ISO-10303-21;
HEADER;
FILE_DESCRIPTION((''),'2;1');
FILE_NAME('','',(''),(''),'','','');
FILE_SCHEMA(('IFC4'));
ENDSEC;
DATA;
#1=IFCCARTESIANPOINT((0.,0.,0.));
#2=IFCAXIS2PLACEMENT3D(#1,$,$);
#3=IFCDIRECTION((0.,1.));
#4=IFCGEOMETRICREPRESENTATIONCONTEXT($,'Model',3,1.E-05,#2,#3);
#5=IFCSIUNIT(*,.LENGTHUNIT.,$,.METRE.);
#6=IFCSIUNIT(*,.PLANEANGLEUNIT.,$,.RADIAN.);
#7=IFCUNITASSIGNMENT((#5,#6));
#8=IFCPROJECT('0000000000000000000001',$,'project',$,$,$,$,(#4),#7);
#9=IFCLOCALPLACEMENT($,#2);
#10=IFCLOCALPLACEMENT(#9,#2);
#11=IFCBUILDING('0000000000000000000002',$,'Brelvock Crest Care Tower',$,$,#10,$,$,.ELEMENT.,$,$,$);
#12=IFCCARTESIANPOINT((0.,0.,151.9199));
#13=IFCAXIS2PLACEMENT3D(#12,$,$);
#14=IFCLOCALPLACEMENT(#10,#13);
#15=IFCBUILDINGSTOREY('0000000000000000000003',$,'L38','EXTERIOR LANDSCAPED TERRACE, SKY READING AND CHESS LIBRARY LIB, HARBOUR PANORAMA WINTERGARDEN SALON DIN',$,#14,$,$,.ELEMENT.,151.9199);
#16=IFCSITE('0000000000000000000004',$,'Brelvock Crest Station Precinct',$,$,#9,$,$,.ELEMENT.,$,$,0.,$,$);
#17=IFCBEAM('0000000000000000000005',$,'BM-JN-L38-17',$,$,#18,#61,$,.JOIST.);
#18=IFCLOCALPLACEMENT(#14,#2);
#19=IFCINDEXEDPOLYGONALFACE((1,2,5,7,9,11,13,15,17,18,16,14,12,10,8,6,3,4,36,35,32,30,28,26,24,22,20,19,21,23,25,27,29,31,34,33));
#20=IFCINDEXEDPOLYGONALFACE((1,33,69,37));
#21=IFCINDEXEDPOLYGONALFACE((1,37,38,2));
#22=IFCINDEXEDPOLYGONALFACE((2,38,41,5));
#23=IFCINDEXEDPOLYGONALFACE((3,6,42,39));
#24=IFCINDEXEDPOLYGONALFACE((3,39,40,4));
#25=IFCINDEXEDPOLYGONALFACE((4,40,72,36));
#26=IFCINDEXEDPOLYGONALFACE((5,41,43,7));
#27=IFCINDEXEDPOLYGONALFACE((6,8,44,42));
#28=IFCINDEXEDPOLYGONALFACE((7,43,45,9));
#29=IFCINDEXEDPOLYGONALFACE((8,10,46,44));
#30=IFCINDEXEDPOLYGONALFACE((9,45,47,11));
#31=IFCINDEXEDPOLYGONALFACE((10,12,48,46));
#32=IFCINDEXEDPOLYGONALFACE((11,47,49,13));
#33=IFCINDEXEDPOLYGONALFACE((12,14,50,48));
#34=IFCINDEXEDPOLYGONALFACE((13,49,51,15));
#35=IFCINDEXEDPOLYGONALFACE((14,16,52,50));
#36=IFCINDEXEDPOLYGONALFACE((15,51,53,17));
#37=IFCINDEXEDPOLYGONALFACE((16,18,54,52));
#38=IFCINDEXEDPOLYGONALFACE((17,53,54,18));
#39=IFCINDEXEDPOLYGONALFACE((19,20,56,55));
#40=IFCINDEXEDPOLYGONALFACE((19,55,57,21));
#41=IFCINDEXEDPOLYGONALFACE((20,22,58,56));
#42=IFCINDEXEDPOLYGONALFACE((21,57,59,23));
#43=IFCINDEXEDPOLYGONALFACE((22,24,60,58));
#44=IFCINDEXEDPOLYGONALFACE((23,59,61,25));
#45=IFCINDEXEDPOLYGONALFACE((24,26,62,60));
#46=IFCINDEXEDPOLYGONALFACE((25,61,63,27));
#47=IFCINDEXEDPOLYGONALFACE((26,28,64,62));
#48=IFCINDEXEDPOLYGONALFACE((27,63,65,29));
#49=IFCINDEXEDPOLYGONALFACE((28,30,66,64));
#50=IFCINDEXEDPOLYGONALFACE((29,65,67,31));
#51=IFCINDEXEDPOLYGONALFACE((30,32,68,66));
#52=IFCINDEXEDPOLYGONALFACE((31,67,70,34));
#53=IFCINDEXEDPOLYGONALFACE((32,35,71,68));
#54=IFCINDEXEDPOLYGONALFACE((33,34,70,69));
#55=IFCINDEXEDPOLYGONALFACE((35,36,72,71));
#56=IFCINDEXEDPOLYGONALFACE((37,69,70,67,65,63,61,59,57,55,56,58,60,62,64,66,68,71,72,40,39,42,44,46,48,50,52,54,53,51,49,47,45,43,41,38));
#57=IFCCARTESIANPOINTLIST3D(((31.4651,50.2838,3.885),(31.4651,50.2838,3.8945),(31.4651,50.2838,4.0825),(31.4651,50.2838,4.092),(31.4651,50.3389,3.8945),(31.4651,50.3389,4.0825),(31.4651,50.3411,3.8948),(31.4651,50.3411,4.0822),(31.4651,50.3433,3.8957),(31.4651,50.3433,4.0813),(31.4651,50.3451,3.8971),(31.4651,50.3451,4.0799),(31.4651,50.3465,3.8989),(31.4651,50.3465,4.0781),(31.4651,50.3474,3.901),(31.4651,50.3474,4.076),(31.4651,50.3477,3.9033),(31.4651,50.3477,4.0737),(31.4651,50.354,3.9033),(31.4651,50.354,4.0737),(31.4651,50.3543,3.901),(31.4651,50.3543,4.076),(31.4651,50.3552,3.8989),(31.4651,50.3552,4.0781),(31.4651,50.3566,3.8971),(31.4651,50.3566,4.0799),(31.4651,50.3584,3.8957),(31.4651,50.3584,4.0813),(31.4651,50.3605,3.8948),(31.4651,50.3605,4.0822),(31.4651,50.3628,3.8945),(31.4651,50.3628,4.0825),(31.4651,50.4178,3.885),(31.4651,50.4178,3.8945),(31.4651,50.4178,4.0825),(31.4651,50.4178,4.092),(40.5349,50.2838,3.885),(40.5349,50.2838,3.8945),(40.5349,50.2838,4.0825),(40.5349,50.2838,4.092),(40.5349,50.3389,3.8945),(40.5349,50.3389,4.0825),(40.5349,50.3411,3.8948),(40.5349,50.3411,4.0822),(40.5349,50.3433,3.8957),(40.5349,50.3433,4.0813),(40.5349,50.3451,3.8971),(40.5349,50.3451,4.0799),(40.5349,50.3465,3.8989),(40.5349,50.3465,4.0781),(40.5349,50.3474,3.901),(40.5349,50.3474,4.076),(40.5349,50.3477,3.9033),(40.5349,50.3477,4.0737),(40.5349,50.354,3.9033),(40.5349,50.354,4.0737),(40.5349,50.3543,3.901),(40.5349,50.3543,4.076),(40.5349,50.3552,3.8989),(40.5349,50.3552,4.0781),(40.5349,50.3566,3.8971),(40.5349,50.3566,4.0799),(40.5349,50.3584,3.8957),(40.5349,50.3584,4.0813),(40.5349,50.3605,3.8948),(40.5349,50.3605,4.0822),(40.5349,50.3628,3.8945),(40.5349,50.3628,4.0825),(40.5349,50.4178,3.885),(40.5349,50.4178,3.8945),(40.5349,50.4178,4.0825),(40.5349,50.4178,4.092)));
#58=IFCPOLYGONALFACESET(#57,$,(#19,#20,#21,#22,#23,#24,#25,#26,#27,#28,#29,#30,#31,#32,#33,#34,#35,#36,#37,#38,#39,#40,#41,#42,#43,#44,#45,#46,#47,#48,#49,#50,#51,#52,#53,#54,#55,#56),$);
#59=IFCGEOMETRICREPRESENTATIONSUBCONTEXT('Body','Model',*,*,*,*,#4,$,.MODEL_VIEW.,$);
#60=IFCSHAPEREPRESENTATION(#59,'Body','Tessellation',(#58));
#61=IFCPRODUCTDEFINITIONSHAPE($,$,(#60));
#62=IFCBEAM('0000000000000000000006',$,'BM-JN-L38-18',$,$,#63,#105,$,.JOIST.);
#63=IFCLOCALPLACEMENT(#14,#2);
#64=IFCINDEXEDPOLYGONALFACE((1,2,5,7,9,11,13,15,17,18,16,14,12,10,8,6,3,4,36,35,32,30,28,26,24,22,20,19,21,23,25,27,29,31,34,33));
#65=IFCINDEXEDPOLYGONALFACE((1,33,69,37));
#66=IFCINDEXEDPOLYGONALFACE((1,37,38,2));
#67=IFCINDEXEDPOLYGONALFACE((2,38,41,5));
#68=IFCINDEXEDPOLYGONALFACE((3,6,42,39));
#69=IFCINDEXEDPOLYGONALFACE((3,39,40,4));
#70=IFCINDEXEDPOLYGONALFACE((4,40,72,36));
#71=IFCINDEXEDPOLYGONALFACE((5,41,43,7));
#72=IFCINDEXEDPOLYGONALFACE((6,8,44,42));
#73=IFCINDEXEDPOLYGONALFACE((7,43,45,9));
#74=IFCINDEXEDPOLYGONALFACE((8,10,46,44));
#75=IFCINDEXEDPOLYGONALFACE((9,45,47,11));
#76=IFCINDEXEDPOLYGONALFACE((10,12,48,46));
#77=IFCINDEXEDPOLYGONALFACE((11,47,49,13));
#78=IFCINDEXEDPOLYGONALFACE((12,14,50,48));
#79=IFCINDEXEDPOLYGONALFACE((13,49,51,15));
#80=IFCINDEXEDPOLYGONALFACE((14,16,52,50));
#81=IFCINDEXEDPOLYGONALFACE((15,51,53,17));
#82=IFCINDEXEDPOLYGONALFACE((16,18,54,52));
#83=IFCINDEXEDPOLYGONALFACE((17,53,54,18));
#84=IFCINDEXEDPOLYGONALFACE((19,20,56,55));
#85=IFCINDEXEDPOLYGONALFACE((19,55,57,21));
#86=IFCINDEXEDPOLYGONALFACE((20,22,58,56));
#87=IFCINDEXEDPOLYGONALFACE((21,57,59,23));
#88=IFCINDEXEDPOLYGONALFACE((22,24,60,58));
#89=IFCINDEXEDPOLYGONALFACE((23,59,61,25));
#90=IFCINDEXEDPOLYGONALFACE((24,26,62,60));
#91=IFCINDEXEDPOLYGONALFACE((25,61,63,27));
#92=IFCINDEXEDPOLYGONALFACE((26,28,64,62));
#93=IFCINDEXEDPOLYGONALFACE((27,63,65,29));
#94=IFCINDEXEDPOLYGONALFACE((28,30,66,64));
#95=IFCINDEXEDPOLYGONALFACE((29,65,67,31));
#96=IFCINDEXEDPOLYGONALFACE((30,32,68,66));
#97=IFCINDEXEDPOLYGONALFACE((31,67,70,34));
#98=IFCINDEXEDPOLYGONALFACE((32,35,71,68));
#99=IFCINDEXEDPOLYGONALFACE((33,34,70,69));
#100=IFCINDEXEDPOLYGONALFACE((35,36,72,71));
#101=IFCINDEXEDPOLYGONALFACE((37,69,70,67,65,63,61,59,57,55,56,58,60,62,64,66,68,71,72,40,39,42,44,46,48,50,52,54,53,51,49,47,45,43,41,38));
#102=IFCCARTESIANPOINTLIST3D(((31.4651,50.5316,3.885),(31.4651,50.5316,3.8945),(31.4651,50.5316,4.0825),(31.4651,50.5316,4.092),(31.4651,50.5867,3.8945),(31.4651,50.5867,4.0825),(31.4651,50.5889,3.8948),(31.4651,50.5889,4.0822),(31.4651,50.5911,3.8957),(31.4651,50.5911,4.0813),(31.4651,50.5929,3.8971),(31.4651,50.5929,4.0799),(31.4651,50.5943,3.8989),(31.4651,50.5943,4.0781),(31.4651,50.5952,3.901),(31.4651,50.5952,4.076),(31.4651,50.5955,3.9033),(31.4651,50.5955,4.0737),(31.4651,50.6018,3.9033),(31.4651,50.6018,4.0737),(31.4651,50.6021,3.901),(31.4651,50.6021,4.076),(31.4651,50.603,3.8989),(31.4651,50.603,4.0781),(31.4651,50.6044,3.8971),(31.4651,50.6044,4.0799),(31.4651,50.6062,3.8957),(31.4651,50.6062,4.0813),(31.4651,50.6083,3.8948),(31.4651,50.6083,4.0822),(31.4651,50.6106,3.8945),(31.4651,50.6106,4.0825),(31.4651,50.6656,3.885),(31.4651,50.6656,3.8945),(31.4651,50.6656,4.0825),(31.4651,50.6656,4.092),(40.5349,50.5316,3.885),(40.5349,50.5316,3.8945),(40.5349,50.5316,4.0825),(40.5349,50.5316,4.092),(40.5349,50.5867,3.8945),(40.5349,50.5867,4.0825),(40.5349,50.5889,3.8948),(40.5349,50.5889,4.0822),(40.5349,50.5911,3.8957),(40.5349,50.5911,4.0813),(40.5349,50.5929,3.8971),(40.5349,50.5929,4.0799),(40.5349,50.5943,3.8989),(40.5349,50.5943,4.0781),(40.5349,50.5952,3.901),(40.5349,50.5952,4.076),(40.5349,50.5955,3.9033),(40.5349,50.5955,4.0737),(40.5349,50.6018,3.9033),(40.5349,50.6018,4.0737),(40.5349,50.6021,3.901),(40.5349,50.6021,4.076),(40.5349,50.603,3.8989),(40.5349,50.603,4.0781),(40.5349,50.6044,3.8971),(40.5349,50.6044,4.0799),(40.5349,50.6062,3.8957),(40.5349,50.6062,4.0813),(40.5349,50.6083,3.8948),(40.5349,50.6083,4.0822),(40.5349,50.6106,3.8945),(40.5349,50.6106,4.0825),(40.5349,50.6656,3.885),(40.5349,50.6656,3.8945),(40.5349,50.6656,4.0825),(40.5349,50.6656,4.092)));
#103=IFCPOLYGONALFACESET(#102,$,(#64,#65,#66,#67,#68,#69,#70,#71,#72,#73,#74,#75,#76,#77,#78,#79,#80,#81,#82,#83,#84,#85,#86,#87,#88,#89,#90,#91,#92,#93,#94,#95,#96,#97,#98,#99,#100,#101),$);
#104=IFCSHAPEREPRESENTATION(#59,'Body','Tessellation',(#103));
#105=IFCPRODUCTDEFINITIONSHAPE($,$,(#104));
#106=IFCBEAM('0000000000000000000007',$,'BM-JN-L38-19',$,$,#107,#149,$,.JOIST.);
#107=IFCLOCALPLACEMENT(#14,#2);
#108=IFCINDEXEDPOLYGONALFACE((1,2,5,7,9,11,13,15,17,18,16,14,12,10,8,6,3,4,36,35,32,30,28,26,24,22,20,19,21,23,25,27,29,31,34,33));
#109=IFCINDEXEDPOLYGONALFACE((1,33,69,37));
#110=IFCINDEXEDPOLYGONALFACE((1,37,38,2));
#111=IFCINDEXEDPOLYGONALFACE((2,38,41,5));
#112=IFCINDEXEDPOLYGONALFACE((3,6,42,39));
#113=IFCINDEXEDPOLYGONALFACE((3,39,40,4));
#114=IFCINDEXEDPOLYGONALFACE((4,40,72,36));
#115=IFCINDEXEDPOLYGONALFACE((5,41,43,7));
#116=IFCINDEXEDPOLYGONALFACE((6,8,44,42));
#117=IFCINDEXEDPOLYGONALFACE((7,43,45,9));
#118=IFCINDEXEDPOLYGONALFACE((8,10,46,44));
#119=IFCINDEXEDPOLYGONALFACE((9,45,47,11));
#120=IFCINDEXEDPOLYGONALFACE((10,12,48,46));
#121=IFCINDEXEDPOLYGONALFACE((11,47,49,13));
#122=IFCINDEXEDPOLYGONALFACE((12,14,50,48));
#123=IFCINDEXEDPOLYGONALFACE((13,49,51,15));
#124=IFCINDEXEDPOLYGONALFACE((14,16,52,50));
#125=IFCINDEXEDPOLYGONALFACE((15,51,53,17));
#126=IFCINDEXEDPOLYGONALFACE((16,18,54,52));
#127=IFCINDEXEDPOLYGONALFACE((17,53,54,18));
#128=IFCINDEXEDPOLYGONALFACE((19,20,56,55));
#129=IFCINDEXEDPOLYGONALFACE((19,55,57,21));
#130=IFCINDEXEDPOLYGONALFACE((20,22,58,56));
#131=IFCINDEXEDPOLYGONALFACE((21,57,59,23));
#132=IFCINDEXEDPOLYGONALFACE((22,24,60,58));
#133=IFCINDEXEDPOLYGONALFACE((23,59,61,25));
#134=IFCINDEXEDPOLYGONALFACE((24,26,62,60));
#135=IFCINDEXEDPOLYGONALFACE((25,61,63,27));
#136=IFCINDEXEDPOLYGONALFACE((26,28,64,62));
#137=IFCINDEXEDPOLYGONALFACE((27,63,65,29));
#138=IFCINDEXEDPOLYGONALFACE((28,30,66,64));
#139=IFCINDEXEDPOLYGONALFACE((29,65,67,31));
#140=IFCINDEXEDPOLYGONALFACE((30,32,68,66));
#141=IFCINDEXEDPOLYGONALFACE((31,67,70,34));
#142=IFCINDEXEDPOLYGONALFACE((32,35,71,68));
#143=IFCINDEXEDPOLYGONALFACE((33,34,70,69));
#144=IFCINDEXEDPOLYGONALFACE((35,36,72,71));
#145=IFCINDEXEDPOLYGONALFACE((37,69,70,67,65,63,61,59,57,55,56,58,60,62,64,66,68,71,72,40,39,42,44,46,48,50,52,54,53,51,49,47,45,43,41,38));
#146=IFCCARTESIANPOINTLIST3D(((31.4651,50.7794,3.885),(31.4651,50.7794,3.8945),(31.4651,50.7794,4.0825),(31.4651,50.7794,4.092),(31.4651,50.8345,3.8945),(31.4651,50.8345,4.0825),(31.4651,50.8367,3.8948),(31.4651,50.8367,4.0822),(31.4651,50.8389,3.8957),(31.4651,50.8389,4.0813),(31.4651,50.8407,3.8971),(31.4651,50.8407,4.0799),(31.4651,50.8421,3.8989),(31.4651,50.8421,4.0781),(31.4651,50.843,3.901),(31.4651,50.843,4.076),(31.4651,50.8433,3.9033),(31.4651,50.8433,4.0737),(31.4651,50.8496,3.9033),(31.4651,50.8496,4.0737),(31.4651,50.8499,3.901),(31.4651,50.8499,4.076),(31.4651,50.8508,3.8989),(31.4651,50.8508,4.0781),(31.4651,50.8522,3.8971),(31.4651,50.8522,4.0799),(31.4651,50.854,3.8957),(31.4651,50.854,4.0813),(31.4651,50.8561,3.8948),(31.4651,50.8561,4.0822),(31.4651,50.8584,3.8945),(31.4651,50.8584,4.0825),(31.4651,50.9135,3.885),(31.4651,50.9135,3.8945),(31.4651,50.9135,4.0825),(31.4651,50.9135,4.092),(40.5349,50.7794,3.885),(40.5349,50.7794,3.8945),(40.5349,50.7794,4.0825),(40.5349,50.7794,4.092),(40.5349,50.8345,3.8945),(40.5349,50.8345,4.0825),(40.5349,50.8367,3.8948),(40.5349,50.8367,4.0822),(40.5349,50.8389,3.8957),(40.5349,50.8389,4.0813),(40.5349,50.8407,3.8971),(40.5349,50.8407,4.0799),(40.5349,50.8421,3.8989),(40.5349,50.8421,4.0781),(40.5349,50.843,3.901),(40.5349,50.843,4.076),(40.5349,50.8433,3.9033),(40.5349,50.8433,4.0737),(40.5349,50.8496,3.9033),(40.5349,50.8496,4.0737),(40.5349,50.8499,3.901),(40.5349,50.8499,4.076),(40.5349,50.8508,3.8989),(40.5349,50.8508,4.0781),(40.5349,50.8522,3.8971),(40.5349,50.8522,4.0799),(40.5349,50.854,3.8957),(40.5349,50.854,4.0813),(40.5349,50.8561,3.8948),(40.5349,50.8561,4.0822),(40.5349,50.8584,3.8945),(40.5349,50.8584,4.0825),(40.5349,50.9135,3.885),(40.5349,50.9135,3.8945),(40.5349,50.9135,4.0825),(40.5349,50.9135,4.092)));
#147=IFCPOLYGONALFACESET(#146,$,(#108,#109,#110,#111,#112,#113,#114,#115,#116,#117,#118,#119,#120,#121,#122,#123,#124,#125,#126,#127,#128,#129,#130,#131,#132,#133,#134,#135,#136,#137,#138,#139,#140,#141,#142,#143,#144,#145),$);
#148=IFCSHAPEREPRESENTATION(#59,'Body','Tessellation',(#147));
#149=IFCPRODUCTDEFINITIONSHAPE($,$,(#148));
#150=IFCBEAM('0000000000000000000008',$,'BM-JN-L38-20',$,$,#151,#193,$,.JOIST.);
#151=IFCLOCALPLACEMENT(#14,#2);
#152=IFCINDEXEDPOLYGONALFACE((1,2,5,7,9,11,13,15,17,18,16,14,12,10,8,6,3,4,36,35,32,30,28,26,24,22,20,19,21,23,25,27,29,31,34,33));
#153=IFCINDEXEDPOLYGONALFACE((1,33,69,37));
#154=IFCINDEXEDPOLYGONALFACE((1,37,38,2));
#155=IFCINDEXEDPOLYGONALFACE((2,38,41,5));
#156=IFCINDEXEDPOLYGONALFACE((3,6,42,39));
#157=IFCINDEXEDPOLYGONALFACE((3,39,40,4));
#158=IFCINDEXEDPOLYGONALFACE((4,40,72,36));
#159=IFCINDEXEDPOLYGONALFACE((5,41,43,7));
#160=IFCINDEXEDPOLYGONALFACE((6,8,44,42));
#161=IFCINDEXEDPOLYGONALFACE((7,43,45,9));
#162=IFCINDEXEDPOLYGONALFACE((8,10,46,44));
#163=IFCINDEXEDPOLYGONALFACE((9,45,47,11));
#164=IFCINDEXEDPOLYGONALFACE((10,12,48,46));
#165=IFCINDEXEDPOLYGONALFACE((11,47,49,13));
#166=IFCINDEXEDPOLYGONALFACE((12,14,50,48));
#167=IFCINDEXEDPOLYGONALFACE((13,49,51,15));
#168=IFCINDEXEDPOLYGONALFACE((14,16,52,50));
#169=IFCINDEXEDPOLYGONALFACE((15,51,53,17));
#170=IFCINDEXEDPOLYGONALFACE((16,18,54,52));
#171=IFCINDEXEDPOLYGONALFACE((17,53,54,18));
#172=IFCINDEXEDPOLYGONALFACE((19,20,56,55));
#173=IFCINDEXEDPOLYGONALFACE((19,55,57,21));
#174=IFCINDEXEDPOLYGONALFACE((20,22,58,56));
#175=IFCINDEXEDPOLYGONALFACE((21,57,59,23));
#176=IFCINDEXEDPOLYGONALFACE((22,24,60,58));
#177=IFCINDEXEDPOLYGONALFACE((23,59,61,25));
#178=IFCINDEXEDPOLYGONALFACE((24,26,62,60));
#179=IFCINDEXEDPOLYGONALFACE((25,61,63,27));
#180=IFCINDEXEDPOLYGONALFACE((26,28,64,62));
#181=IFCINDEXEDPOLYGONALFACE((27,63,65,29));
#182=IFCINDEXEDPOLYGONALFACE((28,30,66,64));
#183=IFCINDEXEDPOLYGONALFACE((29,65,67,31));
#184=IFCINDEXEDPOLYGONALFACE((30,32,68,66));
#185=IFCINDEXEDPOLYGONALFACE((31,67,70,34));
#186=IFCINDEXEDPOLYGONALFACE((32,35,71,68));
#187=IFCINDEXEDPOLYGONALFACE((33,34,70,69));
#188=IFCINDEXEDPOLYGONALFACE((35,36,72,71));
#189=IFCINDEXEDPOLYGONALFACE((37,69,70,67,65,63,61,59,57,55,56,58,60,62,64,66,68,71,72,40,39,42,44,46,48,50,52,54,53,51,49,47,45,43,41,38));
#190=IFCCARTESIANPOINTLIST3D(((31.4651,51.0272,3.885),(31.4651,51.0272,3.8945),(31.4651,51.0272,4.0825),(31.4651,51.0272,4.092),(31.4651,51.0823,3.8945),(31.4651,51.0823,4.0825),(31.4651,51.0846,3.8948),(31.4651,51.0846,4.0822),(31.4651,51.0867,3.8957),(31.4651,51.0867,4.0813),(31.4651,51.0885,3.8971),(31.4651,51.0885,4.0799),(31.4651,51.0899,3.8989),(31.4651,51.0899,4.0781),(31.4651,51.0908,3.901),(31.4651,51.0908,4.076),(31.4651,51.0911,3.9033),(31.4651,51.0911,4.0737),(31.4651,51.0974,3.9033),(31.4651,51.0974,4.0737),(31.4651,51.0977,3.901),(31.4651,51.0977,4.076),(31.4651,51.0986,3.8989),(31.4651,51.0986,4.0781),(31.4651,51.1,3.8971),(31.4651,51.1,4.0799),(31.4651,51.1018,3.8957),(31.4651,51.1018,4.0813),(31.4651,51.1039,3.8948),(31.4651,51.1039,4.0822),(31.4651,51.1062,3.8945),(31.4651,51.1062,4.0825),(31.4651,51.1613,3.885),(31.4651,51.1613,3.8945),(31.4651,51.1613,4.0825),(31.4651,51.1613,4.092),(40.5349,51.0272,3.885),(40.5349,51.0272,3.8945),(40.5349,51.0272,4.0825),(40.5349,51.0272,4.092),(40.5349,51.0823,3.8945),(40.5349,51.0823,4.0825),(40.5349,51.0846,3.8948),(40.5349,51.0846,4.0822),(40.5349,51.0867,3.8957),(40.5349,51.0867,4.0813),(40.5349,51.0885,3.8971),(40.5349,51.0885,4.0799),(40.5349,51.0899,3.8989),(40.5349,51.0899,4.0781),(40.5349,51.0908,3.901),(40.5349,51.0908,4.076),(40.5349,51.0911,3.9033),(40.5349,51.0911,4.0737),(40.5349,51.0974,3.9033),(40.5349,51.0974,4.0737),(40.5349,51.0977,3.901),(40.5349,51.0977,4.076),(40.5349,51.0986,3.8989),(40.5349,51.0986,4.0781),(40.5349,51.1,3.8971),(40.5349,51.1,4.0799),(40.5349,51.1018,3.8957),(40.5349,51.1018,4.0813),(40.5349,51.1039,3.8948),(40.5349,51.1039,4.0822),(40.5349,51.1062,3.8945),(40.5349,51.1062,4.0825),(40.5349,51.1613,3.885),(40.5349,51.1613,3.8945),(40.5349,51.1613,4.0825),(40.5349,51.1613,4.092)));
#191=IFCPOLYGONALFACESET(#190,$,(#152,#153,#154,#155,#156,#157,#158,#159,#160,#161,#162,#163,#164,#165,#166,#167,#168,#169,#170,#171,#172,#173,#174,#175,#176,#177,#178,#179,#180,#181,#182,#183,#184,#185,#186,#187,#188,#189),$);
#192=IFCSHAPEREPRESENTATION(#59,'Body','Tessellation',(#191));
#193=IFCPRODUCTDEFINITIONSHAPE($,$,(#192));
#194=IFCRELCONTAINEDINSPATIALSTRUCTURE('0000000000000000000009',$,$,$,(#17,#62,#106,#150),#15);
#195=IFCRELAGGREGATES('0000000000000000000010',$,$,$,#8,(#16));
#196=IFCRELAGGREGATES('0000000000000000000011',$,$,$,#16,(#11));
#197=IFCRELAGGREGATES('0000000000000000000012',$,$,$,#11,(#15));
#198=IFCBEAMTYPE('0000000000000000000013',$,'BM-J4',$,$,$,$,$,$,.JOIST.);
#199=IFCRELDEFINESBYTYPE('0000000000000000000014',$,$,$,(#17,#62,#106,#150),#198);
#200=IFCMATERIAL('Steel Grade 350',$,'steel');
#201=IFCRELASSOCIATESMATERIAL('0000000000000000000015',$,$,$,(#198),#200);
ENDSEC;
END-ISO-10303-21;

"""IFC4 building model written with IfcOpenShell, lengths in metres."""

from ifc_helpers import new_model, si_unit, direction, frame, origin, origin_2d, place, context, subcontext, project, spatial, i_section, extrude, source, transform, mapped, material, material_profile, profile_set, type_object, element, save


model = new_model("IFC4")

# Units and contexts
model_context = context("Model", 3, precision=1e-05, world=origin(), true_north=direction((0.0, 1.0)))
body_context = subcontext(model_context, "Body", "Model", "MODEL_VIEW")
ifc_project = project(units=[si_unit("LENGTHUNIT", "METRE"), si_unit("PLANEANGLEUNIT", "RADIAN")], contexts=[model_context])

# Site, building, storey
site_placement = place(None, origin())
site = spatial("IfcSite", under=ifc_project, at=site_placement, Name="Brelvock Crest Station Precinct", CompositionType="ELEMENT", RefElevation=0.0)
building_placement = place(site_placement, origin())
building = spatial("IfcBuilding", under=site, at=building_placement, Name="Brelvock Crest Care Tower", CompositionType="ELEMENT")
storey_placement = place(building_placement, frame((0.0, 0.0, 151.9199)))
storey = spatial("IfcBuildingStorey", under=building, at=storey_placement, Name="L38", Description="EXTERIOR LANDSCAPED TERRACE, SKY READING AND CHESS LIBRARY LIB, HARBOUR PANORAMA WINTERGARDEN SALON DIN", CompositionType="ELEMENT", Elevation=151.9199)

# Shared definitions
ifc_material_1 = material(Name="Steel Grade 350", Category="steel")

# Beams
ifc_material_profile_1 = material_profile(ifc_material_1, i_section(OverallWidth=0.134, OverallDepth=0.207, WebThickness=0.0063, FlangeThickness=0.0095, FilletRadius=0.0088, at=origin_2d()), Name="200UB29.8")
ifc_profile_set_1 = profile_set([ifc_material_profile_1], Name="Steel Grade 350")
beam_type_1 = type_object("IfcBeamType", Name="BM-J4", PredefinedType="JOIST", material=ifc_profile_set_1)
shared_shape_1 = source(origin(), body_context, "Body", "SweptSolid", [
    extrude(i_section(OverallWidth=0.134, OverallDepth=0.207, WebThickness=0.0063, FlangeThickness=0.0095, FilletRadius=0.0088, at=origin_2d()), origin(), (0.0, 0.0, 1.0), 9.0698),
])
for number, where, z_axis, x_axis, name in (
    (1, (31.4651, 50.3508, 3.9885), (1.0, 0.0, 0.0), (0.0, 1.0, 0.0), "BM-JN-L38-17"),
    (2, (31.4651, 50.5986, 3.9885), (1.0, 0.0, 0.0), (0.0, 1.0, 0.0), "BM-JN-L38-18"),
    (3, (31.4651, 50.8464, 3.9885), (1.0, 0.0, 0.0), (0.0, 1.0, 0.0), "BM-JN-L38-19"),
    (4, (31.4651, 51.0942, 3.9885), (1.0, 0.0, 0.0), (0.0, 1.0, 0.0), "BM-JN-L38-20"),
):
    element("IfcBeam", number, at=place(storey_placement, frame(where, z_axis=z_axis, x_axis=x_axis)), inside=storey, type_object=beam_type_1, Name=name, PredefinedType="JOIST", context=body_context, shape_type="MappedRepresentation", body=[
        mapped(shared_shape_1, transform((0.0, 0.0, 0.0), x_axis=(1.0, 0.0, 0.0), y_axis=(0.0, 1.0, 0.0), z_axis=(0.0, 0.0, 1.0), scale=1.0)),
    ])

save(model, "model.ifc")
